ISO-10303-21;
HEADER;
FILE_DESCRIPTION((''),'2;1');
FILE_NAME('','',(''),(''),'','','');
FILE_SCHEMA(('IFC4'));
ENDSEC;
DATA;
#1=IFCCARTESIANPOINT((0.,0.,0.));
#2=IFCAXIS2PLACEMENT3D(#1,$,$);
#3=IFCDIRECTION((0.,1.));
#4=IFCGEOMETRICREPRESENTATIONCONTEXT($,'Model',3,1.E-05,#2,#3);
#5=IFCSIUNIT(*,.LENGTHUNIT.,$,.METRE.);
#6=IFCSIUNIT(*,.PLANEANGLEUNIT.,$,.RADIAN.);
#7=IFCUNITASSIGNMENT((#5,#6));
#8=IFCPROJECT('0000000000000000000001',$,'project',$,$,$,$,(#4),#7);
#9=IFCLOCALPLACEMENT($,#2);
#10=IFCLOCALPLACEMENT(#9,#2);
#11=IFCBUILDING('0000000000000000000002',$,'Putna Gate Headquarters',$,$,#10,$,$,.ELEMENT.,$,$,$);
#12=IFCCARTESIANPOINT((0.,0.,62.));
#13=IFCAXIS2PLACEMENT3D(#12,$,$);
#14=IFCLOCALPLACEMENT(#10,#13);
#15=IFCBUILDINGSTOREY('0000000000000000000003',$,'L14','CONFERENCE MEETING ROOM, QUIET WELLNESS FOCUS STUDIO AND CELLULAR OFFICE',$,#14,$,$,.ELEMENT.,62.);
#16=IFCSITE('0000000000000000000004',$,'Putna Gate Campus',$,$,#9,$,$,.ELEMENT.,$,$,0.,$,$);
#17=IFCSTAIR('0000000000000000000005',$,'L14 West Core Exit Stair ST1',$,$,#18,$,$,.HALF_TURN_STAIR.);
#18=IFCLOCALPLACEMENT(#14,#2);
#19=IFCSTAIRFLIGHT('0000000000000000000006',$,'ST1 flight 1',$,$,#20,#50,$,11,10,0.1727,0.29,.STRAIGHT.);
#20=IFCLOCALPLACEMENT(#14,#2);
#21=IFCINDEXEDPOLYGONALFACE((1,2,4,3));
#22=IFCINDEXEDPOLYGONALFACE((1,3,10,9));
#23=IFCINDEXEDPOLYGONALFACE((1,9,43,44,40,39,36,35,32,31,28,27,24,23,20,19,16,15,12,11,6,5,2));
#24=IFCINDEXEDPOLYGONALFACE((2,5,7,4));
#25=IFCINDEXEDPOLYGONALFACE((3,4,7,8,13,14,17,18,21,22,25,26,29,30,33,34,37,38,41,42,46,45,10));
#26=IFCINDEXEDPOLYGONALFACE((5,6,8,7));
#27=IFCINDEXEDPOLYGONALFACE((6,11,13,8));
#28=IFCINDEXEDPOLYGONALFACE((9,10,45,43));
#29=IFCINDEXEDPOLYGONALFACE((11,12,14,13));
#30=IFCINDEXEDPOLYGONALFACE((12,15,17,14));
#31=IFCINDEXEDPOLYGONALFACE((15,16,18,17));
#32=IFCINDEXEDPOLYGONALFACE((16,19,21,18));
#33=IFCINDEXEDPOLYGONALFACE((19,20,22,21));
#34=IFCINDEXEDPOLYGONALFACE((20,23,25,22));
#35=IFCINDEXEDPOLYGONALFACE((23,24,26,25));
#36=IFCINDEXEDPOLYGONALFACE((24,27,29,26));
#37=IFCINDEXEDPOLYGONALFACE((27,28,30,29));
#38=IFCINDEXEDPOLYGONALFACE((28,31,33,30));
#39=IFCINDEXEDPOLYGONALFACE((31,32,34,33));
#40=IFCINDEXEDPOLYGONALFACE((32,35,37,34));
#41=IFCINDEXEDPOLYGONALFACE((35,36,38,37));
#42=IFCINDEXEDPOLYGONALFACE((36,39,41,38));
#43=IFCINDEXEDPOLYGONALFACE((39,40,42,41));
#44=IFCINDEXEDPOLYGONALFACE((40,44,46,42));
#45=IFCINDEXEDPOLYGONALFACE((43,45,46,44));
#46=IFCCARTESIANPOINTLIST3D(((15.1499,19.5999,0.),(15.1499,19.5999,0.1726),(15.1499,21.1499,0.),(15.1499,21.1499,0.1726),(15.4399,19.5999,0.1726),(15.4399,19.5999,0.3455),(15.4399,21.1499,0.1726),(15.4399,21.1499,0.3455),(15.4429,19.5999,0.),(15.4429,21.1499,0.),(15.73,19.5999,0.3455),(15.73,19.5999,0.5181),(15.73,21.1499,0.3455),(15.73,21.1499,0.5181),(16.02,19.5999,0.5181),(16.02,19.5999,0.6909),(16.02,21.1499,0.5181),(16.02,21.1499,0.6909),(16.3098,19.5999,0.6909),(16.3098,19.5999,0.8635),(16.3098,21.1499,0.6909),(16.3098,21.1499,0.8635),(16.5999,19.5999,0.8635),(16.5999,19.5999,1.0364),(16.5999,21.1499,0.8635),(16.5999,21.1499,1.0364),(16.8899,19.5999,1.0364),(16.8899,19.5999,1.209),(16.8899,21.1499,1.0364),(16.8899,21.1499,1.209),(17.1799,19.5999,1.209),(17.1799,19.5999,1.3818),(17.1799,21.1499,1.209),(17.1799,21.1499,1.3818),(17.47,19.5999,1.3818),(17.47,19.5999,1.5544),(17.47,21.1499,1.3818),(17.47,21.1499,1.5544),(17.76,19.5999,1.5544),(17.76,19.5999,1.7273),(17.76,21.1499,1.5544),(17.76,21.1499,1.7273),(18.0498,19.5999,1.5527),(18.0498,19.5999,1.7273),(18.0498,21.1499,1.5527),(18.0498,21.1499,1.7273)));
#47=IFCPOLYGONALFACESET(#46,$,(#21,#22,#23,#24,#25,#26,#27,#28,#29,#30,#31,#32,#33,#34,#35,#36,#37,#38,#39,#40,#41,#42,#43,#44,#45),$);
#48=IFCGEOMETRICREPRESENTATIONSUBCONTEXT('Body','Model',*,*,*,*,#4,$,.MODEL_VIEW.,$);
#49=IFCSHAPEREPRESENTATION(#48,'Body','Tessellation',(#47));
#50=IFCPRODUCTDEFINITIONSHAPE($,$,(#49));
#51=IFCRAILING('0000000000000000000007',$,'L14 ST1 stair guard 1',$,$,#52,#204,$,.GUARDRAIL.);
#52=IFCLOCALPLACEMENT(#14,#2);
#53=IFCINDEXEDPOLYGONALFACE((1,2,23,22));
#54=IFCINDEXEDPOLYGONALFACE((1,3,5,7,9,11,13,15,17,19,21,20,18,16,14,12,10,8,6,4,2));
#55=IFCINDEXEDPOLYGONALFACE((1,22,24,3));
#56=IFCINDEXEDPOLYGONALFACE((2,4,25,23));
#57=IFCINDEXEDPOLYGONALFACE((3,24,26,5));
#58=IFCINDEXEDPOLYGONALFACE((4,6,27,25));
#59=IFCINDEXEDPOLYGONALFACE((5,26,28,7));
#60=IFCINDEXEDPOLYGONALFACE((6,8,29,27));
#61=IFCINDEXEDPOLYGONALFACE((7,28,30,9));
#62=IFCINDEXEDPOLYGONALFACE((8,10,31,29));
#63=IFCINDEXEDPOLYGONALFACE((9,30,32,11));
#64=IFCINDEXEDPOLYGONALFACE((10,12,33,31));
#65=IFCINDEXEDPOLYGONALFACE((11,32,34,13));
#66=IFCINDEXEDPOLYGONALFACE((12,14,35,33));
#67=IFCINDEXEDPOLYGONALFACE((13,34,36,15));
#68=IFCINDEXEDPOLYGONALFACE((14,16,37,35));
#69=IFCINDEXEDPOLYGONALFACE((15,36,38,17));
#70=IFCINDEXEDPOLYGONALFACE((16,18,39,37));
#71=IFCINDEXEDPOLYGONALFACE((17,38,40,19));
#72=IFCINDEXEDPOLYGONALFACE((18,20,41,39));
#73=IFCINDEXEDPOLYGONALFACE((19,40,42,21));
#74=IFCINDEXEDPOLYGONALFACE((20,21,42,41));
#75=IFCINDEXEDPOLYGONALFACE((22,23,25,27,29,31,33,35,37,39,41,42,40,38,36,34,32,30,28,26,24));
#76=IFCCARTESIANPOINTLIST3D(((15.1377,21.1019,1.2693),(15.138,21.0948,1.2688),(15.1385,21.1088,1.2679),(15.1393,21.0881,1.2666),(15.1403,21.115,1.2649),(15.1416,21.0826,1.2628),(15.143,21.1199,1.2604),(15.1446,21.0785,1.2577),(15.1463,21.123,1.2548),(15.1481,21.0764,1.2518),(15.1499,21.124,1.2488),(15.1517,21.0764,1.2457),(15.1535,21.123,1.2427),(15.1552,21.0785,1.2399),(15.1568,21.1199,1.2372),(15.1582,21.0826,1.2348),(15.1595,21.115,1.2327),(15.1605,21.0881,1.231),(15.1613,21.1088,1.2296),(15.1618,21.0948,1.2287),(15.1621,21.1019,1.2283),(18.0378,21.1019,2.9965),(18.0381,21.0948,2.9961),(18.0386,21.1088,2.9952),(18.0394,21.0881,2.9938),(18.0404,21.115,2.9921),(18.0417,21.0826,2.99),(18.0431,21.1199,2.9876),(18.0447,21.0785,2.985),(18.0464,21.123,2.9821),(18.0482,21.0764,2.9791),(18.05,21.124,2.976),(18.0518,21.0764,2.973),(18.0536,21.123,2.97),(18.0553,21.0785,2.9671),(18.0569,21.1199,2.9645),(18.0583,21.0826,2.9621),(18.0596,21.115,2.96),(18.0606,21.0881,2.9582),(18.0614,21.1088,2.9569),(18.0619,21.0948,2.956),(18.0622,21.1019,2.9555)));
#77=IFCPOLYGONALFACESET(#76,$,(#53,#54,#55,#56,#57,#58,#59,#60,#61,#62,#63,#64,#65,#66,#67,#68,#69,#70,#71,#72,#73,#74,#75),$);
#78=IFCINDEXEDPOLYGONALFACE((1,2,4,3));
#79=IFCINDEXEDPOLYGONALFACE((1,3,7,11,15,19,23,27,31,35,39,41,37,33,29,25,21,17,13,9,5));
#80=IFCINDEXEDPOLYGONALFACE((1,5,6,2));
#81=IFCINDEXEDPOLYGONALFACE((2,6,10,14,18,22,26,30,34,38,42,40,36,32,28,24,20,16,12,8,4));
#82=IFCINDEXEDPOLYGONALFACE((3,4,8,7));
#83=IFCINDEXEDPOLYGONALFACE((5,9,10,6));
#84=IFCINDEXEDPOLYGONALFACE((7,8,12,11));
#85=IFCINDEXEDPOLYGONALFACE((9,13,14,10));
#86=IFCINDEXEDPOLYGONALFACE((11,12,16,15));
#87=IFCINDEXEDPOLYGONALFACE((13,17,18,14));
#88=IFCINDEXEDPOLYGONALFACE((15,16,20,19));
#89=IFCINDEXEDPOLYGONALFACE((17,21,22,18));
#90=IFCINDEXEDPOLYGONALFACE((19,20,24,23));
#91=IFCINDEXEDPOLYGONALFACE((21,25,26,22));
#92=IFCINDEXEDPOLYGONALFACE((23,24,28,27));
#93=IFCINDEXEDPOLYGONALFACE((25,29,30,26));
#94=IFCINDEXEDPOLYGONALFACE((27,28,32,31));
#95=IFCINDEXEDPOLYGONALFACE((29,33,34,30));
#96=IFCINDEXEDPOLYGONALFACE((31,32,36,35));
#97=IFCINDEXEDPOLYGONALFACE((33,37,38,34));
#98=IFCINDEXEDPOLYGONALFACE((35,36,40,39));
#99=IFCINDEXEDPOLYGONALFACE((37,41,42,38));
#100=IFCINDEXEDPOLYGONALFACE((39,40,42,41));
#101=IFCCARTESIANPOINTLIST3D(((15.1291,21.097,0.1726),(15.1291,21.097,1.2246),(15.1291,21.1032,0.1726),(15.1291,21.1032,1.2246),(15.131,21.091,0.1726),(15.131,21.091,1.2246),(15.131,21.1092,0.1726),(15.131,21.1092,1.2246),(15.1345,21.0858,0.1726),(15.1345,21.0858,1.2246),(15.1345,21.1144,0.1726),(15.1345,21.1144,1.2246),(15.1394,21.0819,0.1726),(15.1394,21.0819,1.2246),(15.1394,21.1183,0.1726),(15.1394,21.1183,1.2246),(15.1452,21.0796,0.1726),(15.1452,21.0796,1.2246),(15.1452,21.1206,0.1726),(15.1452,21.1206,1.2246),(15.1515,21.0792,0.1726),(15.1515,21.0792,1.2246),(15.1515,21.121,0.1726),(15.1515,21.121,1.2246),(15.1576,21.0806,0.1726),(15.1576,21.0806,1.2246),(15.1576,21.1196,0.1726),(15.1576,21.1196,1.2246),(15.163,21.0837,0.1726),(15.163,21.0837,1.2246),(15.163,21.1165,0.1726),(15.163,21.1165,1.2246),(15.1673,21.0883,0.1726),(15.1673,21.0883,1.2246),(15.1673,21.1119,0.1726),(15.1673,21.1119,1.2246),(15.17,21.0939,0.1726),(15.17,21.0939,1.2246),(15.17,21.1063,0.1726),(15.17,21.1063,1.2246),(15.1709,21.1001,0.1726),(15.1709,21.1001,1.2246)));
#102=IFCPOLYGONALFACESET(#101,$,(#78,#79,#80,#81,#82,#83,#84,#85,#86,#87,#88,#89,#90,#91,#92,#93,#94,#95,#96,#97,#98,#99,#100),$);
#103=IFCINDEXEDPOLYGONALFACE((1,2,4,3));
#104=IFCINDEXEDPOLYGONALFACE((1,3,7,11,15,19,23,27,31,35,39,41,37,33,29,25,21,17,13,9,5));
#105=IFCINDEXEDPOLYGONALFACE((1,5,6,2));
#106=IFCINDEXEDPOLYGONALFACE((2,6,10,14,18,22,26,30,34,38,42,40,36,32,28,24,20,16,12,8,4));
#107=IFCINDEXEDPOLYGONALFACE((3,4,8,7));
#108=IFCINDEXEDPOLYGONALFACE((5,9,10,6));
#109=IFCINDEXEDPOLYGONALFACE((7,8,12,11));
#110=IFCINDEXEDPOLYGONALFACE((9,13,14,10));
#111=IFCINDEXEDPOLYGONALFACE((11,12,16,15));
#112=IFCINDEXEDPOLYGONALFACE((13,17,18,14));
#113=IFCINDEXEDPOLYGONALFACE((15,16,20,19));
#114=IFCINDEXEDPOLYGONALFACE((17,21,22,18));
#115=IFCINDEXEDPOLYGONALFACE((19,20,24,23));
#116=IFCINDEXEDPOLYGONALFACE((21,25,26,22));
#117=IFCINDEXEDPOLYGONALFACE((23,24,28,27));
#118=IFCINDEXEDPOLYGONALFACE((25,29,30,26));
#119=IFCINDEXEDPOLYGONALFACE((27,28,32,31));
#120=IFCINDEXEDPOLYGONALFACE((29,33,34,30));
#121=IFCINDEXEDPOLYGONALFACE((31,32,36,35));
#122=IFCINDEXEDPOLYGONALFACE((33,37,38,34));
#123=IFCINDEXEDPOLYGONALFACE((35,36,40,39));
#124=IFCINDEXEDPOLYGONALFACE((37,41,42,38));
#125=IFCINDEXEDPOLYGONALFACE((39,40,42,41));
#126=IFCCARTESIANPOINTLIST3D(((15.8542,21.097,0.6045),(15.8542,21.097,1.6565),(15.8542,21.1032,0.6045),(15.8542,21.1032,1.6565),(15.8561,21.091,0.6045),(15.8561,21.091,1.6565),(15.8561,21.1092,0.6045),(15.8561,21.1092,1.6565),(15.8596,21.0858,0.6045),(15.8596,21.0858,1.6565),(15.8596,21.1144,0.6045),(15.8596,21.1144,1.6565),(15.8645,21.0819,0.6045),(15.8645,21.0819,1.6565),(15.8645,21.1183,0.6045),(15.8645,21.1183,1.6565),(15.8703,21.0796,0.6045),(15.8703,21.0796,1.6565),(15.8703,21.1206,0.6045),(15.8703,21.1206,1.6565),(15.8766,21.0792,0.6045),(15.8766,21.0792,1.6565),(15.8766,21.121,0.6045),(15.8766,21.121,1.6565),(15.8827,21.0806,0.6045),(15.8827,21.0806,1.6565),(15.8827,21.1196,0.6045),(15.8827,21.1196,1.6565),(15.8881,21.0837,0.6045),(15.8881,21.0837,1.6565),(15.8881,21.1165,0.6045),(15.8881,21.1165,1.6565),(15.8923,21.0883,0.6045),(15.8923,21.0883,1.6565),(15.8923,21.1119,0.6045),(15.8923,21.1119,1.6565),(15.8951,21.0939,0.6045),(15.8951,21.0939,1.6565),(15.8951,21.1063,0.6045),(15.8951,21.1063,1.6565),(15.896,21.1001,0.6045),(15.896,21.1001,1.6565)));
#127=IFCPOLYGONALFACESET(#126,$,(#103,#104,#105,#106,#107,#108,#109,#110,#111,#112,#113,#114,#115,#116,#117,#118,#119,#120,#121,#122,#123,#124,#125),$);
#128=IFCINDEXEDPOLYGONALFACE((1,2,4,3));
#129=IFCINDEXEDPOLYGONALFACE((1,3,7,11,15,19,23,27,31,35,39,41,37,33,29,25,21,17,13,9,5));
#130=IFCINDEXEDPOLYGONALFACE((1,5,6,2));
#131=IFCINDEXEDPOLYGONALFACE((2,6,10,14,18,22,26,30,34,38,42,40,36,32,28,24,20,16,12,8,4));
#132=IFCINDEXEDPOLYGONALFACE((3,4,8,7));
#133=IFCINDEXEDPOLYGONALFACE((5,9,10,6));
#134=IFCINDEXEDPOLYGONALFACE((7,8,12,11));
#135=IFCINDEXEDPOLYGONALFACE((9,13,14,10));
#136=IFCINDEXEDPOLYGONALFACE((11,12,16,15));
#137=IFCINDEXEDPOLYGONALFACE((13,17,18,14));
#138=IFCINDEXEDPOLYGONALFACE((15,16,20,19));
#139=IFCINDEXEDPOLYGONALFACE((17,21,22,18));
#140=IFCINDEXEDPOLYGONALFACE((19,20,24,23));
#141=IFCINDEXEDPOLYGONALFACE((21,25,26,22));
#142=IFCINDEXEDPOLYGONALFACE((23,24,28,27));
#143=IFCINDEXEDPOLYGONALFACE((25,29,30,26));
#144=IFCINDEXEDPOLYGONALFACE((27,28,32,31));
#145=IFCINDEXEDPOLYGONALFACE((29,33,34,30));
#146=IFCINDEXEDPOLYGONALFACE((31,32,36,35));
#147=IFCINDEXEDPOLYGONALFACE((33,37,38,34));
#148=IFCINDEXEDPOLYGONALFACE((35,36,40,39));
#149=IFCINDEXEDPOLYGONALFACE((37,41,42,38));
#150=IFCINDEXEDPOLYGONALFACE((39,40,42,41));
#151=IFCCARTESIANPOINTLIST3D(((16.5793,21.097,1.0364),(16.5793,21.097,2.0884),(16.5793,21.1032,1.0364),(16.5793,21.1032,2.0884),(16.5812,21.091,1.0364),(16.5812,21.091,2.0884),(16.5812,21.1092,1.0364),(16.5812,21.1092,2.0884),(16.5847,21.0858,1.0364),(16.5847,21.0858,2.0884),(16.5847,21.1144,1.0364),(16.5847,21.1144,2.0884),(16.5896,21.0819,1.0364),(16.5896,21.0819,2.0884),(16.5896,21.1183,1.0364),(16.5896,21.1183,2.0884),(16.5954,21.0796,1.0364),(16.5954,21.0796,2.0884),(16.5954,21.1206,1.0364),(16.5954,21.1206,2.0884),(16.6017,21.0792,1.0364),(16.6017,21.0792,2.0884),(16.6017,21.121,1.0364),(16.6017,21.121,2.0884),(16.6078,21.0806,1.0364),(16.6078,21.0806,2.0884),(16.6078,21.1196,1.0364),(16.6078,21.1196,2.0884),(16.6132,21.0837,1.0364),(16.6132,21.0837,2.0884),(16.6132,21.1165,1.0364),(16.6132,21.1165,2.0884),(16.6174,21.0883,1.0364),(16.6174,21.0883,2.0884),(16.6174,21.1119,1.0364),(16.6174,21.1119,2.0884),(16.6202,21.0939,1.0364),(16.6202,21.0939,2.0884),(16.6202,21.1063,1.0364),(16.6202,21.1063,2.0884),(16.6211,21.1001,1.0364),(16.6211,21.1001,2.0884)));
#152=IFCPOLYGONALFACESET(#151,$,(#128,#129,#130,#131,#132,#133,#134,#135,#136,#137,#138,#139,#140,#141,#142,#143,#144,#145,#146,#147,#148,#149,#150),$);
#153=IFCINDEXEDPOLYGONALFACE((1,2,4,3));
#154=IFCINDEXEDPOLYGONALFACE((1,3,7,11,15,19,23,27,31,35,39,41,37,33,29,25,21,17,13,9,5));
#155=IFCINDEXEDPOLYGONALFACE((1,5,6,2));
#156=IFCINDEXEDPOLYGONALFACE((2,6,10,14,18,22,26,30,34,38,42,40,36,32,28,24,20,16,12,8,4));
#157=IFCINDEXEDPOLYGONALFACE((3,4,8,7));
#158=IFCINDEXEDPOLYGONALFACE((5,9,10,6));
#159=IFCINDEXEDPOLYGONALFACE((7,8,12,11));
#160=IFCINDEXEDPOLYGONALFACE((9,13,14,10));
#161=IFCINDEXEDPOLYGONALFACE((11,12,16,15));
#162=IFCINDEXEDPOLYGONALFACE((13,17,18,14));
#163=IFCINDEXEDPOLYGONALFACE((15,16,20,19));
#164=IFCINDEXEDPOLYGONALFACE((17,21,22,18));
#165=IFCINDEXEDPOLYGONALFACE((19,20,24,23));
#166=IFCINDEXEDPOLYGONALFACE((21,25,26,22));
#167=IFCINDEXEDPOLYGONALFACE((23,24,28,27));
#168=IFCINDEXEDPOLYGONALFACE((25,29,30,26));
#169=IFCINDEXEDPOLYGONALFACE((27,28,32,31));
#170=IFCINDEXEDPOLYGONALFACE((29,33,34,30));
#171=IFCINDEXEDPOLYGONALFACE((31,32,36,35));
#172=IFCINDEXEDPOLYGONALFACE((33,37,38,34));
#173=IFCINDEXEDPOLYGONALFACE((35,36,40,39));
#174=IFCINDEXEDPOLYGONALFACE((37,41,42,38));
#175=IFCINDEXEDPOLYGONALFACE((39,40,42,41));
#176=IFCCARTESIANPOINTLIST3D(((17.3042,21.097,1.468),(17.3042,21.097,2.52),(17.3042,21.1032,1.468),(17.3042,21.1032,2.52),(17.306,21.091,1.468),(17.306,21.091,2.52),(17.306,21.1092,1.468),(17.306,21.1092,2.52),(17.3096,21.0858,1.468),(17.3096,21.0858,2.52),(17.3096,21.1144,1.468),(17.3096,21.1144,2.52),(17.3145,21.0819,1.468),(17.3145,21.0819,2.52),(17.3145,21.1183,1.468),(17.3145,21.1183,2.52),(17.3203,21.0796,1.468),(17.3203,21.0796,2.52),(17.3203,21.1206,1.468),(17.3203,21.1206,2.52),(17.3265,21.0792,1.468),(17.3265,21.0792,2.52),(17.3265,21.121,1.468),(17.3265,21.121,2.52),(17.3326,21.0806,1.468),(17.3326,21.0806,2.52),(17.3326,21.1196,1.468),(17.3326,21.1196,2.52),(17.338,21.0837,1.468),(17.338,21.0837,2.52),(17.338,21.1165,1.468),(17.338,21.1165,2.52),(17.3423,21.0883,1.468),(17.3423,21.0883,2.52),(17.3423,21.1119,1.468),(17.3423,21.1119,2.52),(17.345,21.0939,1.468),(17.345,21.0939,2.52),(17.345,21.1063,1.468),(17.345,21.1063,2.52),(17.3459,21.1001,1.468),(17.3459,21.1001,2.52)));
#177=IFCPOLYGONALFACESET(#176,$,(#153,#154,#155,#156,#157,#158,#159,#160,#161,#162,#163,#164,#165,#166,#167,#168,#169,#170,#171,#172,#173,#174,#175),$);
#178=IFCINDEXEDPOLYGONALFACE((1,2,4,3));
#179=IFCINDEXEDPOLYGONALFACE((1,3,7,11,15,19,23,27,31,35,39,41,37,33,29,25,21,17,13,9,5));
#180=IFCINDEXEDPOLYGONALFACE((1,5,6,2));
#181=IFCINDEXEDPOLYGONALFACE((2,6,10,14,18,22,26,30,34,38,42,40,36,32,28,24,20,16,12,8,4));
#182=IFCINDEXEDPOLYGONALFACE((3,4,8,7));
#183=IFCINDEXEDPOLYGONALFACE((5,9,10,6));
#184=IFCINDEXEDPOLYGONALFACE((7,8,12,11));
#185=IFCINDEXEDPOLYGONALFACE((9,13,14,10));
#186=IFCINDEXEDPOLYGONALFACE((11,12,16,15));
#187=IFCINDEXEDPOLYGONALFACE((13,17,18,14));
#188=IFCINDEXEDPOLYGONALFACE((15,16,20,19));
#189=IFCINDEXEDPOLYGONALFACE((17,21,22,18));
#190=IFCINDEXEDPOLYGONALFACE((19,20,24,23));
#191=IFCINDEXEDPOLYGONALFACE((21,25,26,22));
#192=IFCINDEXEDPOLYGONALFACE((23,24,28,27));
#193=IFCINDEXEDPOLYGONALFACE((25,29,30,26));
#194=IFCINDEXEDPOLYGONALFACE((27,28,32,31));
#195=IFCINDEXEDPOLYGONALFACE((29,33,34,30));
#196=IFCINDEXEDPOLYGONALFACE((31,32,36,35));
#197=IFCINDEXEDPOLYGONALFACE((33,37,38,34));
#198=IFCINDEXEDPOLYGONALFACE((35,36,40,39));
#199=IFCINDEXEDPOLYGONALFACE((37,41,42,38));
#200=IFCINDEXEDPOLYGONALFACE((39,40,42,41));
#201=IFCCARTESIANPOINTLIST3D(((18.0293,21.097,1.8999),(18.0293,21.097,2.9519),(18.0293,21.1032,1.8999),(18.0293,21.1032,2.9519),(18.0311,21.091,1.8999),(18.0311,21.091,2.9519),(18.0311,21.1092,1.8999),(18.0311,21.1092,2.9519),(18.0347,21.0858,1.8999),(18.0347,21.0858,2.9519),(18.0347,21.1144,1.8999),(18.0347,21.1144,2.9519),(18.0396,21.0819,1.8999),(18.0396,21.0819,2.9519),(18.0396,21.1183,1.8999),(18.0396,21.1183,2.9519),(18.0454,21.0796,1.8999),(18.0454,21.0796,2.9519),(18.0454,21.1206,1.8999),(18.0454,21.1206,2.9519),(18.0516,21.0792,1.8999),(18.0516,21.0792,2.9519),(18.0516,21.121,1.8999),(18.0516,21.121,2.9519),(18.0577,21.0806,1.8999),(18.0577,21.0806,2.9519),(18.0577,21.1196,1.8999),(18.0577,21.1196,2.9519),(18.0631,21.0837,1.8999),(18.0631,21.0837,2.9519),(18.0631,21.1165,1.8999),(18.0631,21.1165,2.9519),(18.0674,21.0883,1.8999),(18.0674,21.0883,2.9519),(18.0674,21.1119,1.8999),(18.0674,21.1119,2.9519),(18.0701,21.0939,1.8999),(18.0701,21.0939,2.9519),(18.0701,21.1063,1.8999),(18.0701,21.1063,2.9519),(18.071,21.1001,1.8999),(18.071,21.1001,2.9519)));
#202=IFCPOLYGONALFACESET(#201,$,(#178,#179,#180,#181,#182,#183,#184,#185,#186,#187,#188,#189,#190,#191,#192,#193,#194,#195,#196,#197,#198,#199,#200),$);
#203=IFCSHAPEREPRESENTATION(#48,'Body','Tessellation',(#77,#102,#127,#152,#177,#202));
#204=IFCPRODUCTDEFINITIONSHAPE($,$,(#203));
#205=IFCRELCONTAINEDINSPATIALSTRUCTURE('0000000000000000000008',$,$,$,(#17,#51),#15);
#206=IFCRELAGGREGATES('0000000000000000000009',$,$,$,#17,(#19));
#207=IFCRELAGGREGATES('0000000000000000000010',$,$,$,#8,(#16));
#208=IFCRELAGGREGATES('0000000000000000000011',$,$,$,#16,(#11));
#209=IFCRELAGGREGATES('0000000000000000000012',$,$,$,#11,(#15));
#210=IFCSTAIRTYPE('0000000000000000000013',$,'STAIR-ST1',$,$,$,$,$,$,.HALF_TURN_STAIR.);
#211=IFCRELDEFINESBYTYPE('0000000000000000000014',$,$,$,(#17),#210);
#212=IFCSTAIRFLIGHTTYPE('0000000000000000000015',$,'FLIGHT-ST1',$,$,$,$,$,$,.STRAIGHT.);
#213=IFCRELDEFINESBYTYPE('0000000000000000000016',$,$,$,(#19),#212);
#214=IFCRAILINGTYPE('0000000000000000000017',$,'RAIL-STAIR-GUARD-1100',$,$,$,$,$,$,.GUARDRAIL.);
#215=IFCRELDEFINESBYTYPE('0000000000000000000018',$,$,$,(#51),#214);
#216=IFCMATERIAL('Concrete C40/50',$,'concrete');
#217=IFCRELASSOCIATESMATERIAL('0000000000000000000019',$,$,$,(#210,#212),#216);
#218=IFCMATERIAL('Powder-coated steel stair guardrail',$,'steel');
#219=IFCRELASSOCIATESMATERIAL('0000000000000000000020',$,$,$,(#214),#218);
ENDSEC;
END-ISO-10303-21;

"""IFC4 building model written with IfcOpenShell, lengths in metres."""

from ifc_helpers import new_model, si_unit, direction, frame, origin, origin_2d, place, context, subcontext, project, spatial, polyline, circle, outline, extrude, material, type_object, element, aggregate, save


model = new_model("IFC4")

# Units and contexts
model_context = context("Model", 3, precision=1e-05, world=origin(), true_north=direction((0.0, 1.0)))
body_context = subcontext(model_context, "Body", "Model", "MODEL_VIEW")
ifc_project = project(units=[si_unit("LENGTHUNIT", "METRE"), si_unit("PLANEANGLEUNIT", "RADIAN")], contexts=[model_context])

# Site, building, storey
site_placement = place(None, origin())
site = spatial("IfcSite", under=ifc_project, at=site_placement, Name="Putna Gate Campus", CompositionType="ELEMENT", RefElevation=0.0)
building_placement = place(site_placement, origin())
building = spatial("IfcBuilding", under=site, at=building_placement, Name="Putna Gate Headquarters", CompositionType="ELEMENT")
storey_placement = place(building_placement, frame((0.0, 0.0, 62.0)))
storey = spatial("IfcBuildingStorey", under=building, at=storey_placement, Name="L14", Description="CONFERENCE MEETING ROOM, QUIET WELLNESS FOCUS STUDIO AND CELLULAR OFFICE", CompositionType="ELEMENT", Elevation=62.0)

# Shared definitions
ifc_material_1 = material(Name="Concrete C40/50", Category="concrete")

# Stair, stair flight
stair_type = type_object("IfcStairType", Name="STAIR-ST1", PredefinedType="HALF_TURN_STAIR", material=ifc_material_1)
stair_placement = place(storey_placement, origin())
stair = element("IfcStair", 1, at=stair_placement, inside=storey, type_object=stair_type, Name="L14 West Core Exit Stair ST1", PredefinedType="HALF_TURN_STAIR")
stair_flight_type = type_object("IfcStairFlightType", Name="FLIGHT-ST1", PredefinedType="STRAIGHT", material=ifc_material_1)
stair_flight_placement = place(storey_placement, frame((15.1499, 20.375, 0.0), z_axis=(0.0, 0.0, 1.0), x_axis=(1.0, 0.0, 0.0)))
stair_flight = element("IfcStairFlight", 2, at=stair_flight_placement, type_object=stair_flight_type, Name="ST1 flight 1", NumberOfRisers=11, NumberOfTreads=10, PredefinedType="STRAIGHT", RiserHeight=0.1727, TreadLength=0.29, context=body_context, shape_type="SweptSolid", body=[
    extrude(outline(polyline([(0.0, 0.0), (0.0, 0.1726), (0.29, 0.1726), (0.29, 0.3455), (0.5801, 0.3455), (0.5801, 0.5181), (0.8701, 0.5181), (0.8701, 0.6909), (1.1599, 0.6909), (1.1599, 0.8635), (1.45, 0.8635), (1.45, 1.0364), (1.74, 1.0364), (1.74, 1.209), (2.03, 1.209), (2.03, 1.3818), (2.3201, 1.3818), (2.3201, 1.5544), (2.6101, 1.5544), (2.6101, 1.7273), (2.8999, 1.7273), (2.8999, 1.8999), (2.8999, 1.5527), (0.293, 0.0), (0.0, 0.0)])), frame((0.0, 0.7749, 0.0), z_axis=(0.0, -1.0, 0.0), x_axis=(1.0, 0.0, 0.0)), (0.0, 0.0, 1.0), 1.55),
])
aggregate(stair, [stair_flight])

# Railing
ifc_material_2 = material(Name="Powder-coated steel stair guardrail", Category="steel")
railing_type_1 = type_object("IfcRailingType", Name="RAIL-STAIR-GUARD-1100", PredefinedType="GUARDRAIL", material=ifc_material_2)
railing_1_placement = place(storey_placement, frame((15.1499, 21.1001, 0.1726)))
element("IfcRailing", 3, at=railing_1_placement, inside=storey, type_object=railing_type_1, Name="L14 ST1 stair guard 1", PredefinedType="GUARDRAIL", context=body_context, shape_type="SweptSolid", body=[
    extrude(circle(Radius=0.0239, at=origin_2d()), frame((0.0, 0.0, 1.0762), z_axis=(0.85916, 0.0, 0.511706), x_axis=(0.0, 1.0, 0.0)), (0.0, 0.0, 1.0), 3.3755),
    extrude(circle(Radius=0.021, at=origin_2d()), origin(), (0.0, 0.0, 1.0), 1.052),
    extrude(circle(Radius=0.021, at=origin_2d()), frame((0.7251, 0.0, 0.4319)), (0.0, 0.0, 1.0), 1.052),
    extrude(circle(Radius=0.021, at=origin_2d()), frame((1.4502, 0.0, 0.8638)), (0.0, 0.0, 1.0), 1.052),
    extrude(circle(Radius=0.021, at=origin_2d()), frame((2.175, 0.0, 1.2954)), (0.0, 0.0, 1.0), 1.052),
    extrude(circle(Radius=0.021, at=origin_2d()), frame((2.9001, 0.0, 1.7273)), (0.0, 0.0, 1.0), 1.052),
])

save(model, "model.ifc")
